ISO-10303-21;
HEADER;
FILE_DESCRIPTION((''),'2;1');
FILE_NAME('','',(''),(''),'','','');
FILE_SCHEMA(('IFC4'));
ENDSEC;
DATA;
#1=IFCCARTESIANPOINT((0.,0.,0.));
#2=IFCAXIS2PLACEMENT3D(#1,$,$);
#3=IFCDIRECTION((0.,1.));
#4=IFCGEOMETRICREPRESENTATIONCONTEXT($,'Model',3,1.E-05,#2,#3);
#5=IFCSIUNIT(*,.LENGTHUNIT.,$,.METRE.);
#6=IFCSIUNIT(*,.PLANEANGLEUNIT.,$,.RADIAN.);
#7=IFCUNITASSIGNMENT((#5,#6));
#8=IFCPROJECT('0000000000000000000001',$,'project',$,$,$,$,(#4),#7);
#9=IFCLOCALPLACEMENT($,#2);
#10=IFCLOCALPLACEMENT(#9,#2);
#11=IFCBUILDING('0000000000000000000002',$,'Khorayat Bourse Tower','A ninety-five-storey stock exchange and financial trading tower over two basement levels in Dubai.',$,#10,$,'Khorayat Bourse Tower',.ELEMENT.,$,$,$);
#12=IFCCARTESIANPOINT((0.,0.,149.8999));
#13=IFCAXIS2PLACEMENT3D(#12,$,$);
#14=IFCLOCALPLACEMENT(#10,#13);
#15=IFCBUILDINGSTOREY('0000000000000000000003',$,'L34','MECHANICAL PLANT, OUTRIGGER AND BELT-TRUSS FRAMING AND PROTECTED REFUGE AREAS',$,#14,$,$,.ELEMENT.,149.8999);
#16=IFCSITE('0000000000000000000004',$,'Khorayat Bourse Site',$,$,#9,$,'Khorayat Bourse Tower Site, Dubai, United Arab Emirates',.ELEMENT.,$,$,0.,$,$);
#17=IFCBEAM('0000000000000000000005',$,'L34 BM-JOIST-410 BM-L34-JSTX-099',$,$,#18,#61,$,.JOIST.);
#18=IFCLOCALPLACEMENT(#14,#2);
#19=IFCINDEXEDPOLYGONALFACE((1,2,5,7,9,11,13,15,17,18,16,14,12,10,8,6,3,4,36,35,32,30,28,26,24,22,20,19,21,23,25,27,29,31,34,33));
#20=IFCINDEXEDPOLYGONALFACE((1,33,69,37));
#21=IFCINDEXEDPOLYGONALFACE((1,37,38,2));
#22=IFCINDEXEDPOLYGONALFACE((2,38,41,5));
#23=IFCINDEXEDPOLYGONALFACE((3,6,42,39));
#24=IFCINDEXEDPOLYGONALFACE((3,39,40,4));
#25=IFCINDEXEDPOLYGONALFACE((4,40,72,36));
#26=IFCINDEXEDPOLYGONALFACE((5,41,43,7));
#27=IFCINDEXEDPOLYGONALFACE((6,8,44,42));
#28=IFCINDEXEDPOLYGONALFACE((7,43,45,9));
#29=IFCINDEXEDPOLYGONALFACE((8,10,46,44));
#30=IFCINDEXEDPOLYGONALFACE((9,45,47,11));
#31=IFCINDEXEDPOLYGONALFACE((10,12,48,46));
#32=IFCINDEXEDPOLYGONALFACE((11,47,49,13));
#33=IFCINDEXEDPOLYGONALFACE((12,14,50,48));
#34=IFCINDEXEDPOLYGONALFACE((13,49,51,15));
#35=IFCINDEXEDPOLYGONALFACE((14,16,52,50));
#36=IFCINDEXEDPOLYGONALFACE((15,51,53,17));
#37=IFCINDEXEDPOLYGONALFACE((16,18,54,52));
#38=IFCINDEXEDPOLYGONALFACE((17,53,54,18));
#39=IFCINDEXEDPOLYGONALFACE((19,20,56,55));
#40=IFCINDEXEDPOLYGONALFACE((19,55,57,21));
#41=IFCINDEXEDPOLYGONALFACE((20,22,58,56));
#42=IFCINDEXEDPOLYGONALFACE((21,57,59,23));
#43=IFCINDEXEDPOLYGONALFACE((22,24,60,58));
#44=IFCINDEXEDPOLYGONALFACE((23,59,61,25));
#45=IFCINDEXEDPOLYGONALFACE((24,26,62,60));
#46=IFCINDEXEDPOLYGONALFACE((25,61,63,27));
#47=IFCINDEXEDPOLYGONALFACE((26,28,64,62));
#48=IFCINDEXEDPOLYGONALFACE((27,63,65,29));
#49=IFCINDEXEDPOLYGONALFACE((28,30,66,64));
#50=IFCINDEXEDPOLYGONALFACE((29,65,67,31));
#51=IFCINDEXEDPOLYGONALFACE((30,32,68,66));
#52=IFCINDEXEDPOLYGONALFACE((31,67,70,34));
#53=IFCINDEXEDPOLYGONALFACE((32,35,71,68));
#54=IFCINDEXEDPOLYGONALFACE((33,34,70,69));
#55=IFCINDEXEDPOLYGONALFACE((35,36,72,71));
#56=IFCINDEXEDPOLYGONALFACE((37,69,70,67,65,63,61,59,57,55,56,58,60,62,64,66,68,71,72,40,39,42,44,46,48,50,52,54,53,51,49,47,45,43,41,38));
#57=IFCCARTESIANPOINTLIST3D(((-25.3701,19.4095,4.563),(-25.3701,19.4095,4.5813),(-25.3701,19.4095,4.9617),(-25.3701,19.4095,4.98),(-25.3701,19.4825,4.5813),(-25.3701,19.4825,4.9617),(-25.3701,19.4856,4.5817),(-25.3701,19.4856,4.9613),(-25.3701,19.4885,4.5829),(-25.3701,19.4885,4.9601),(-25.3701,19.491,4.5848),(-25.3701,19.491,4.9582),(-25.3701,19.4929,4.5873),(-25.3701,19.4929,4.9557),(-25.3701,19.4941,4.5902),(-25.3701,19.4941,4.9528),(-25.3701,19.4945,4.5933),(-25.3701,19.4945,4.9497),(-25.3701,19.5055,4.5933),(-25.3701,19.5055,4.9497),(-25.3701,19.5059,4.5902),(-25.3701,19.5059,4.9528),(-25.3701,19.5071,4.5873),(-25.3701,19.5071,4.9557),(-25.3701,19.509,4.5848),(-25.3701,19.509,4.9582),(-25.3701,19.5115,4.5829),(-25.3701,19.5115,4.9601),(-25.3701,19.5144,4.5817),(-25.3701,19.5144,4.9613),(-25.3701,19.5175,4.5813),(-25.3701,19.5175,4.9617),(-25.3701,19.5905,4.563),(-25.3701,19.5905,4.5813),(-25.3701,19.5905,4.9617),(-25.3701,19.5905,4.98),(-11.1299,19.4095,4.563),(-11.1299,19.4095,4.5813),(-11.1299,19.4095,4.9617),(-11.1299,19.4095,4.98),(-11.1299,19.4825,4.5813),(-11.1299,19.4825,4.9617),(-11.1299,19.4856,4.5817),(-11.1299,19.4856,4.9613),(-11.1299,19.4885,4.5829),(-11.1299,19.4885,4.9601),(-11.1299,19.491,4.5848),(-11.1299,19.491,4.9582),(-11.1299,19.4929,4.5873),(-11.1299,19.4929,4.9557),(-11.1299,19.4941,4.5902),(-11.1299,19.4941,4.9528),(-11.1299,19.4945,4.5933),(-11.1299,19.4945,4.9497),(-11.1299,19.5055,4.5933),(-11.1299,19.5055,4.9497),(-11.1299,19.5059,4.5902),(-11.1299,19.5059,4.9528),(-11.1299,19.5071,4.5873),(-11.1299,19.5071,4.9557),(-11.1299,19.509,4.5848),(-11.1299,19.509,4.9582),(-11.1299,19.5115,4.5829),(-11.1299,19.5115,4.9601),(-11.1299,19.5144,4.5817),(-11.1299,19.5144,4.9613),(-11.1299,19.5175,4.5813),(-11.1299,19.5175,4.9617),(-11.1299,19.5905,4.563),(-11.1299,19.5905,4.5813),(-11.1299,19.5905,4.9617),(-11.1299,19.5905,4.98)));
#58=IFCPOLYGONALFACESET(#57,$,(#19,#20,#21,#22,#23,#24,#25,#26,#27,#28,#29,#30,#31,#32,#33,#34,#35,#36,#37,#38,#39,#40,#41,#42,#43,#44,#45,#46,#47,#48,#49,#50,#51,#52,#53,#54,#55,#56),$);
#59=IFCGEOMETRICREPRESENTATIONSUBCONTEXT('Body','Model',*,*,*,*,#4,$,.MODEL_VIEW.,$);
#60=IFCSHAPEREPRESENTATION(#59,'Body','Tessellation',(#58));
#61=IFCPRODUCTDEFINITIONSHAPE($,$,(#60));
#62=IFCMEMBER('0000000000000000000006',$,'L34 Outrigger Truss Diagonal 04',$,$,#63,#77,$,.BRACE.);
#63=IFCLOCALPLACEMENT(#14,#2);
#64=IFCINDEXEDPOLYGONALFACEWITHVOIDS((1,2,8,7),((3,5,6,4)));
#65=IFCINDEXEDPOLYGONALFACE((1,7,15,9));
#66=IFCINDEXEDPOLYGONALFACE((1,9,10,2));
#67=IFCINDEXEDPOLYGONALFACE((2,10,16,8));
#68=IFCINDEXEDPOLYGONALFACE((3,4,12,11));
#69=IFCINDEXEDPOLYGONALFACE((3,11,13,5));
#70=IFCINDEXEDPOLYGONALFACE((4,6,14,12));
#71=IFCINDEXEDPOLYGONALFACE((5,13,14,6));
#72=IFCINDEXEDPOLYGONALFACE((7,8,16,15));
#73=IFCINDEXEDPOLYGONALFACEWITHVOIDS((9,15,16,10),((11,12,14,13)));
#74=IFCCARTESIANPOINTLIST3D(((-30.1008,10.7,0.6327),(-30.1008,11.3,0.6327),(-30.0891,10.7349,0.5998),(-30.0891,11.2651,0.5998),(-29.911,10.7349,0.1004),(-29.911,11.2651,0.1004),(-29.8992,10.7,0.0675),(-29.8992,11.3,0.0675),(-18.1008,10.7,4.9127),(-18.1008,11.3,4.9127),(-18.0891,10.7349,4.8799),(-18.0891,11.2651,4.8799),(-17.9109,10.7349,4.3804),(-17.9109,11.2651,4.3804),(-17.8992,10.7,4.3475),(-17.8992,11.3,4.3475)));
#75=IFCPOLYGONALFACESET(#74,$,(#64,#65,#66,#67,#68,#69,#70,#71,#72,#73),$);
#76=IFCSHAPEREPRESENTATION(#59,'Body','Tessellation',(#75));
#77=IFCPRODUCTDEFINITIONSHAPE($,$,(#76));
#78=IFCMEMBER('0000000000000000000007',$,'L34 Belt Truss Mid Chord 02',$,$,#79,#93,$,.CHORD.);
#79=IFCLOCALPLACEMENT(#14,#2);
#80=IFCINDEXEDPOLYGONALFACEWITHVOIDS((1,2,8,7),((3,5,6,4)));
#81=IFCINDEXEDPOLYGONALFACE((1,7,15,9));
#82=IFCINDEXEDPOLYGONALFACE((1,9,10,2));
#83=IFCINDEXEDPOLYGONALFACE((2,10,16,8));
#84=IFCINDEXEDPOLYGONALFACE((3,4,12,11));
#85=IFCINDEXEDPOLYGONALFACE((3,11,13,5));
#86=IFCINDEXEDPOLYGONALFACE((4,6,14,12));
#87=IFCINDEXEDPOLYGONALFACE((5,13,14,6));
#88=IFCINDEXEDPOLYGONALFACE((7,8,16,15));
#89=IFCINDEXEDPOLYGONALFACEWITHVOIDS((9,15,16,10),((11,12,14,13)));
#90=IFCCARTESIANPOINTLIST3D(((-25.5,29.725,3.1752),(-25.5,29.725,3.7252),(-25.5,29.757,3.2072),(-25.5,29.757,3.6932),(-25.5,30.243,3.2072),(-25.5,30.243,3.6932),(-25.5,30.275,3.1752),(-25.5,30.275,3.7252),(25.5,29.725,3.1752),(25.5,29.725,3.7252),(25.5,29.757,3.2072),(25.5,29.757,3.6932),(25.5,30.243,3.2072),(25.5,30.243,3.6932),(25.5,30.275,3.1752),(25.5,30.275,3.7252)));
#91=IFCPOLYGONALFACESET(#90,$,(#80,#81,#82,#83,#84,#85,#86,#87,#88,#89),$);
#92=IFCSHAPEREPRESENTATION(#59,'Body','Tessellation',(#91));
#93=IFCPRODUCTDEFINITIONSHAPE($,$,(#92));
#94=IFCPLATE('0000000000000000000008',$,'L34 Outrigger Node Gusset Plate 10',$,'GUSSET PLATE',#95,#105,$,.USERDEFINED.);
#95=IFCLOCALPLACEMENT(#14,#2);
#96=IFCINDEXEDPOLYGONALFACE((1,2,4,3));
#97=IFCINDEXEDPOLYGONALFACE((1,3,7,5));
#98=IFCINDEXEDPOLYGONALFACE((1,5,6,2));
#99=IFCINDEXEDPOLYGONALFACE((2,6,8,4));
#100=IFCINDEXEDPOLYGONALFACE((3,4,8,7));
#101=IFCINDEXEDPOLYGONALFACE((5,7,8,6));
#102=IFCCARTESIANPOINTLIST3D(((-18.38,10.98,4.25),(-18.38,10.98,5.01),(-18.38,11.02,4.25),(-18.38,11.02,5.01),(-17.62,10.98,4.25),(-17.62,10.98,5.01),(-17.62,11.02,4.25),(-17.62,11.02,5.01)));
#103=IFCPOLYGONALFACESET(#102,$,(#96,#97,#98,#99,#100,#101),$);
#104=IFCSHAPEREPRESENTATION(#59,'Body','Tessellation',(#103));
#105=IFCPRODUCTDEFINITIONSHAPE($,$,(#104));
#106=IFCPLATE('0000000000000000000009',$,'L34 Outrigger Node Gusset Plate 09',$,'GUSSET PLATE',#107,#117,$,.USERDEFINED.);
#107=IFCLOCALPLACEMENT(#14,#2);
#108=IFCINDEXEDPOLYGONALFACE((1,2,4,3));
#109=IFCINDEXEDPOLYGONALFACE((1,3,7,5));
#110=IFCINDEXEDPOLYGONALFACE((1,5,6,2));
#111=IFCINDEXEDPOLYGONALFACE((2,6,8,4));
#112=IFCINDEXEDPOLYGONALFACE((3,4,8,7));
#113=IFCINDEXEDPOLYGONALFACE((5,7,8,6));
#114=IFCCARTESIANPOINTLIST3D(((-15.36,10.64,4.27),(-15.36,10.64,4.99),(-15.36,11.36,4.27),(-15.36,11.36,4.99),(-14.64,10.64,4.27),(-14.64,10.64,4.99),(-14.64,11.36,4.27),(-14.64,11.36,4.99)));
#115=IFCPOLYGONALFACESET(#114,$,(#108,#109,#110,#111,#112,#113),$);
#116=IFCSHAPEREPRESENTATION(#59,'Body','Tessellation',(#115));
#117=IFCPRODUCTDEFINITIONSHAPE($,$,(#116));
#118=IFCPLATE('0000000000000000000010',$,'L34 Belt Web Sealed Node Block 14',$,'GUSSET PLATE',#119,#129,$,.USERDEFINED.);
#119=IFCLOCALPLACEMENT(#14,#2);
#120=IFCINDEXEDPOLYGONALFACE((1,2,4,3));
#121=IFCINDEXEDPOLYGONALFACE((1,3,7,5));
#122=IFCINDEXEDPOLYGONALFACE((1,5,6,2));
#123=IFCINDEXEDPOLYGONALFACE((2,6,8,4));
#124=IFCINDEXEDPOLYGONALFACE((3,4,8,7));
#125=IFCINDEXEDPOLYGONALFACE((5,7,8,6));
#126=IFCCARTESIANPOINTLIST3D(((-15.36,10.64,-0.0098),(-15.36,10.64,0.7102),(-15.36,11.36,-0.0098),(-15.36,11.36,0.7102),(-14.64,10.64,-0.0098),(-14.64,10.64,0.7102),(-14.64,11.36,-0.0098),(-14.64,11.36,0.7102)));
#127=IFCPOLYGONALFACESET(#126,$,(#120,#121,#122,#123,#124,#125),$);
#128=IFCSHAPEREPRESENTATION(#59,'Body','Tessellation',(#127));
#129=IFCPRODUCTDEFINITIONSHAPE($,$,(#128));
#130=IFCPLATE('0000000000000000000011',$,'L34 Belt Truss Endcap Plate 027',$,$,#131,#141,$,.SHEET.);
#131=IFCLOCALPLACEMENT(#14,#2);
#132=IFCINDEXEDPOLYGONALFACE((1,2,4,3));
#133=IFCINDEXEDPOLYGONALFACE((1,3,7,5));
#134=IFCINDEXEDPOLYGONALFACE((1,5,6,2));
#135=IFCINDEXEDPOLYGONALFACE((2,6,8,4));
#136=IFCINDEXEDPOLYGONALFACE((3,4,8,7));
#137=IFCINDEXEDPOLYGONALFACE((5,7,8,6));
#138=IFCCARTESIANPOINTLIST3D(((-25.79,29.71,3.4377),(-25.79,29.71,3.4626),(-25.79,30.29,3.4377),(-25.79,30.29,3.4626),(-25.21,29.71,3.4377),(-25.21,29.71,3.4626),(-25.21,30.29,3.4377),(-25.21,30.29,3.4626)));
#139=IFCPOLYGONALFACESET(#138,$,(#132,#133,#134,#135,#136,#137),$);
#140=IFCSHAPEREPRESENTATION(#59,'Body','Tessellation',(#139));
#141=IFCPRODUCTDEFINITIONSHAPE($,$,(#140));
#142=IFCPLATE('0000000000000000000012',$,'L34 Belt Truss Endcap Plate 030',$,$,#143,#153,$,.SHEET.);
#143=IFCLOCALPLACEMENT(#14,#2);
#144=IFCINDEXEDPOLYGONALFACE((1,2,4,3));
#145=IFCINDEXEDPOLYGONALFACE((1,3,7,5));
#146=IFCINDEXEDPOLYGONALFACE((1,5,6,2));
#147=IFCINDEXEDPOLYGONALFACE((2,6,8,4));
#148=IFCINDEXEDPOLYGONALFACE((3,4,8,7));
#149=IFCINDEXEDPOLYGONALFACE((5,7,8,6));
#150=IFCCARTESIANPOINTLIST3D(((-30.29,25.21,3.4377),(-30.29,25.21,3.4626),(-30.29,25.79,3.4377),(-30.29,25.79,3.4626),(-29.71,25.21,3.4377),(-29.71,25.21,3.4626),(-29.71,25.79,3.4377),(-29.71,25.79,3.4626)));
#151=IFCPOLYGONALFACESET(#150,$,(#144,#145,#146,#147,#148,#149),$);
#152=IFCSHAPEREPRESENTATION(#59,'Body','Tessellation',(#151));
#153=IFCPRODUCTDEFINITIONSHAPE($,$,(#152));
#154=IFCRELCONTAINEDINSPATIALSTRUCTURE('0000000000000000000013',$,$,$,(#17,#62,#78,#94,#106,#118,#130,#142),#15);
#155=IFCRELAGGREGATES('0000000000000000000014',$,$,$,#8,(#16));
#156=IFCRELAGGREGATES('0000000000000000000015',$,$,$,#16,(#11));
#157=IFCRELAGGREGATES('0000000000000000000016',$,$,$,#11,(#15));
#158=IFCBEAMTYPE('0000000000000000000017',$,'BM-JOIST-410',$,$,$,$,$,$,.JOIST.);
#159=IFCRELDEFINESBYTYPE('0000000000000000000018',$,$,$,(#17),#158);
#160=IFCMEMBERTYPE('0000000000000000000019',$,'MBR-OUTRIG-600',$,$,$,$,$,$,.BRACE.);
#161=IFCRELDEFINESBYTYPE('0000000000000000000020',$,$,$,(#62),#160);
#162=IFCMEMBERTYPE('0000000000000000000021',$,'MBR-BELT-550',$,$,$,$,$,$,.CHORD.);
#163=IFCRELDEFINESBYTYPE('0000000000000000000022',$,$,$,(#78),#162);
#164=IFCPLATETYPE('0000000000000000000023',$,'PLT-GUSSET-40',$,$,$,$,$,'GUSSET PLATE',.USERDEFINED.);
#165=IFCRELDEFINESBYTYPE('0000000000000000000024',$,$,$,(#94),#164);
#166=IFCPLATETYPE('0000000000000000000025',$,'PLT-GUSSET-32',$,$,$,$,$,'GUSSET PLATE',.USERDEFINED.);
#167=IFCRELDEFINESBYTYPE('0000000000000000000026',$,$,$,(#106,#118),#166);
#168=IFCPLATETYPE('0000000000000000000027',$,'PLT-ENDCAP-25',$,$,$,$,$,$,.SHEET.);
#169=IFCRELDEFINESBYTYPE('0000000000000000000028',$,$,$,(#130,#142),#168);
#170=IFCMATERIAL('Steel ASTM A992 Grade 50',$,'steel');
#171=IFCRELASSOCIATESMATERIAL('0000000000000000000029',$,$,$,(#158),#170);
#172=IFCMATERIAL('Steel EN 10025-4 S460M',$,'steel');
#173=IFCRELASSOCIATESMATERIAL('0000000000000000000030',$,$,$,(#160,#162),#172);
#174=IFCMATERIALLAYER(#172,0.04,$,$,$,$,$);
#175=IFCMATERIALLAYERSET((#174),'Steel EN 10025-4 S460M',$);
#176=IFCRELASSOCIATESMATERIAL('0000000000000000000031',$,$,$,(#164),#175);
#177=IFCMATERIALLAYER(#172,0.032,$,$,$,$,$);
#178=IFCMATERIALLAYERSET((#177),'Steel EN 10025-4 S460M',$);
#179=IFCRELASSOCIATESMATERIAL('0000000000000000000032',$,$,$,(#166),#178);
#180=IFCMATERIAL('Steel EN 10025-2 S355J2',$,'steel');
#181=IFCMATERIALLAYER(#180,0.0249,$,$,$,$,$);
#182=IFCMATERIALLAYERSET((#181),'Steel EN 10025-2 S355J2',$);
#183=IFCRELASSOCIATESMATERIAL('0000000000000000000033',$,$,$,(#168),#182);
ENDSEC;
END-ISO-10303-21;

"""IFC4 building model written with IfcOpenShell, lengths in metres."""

from ifc_helpers import new_model, si_unit, direction, frame, origin, origin_2d, place, context, subcontext, project, spatial, rectangle, hollow_rectangle, i_section, extrude, source, transform, mapped, material, layer, layer_set, material_profile, profile_set, type_object, element, save


model = new_model("IFC4")

# Units and contexts
model_context = context("Model", 3, precision=1e-05, world=origin(), true_north=direction((0.0, 1.0)))
body_context = subcontext(model_context, "Body", "Model", "MODEL_VIEW")
ifc_project = project(units=[si_unit("LENGTHUNIT", "METRE"), si_unit("PLANEANGLEUNIT", "RADIAN")], contexts=[model_context])

# Site, building, storey
site_placement = place(None, origin())
site = spatial("IfcSite", under=ifc_project, at=site_placement, Name="Khorayat Bourse Site", LongName="Khorayat Bourse Tower Site, Dubai, United Arab Emirates", CompositionType="ELEMENT", RefElevation=0.0)
building_placement = place(site_placement, origin())
building = spatial("IfcBuilding", under=site, at=building_placement, Name="Khorayat Bourse Tower", Description="A ninety-five-storey stock exchange and financial trading tower over two basement levels in Dubai.", LongName="Khorayat Bourse Tower", CompositionType="ELEMENT")
storey_placement = place(building_placement, frame((0.0, 0.0, 149.8999)))
storey = spatial("IfcBuildingStorey", under=building, at=storey_placement, Name="L34", Description="MECHANICAL PLANT, OUTRIGGER AND BELT-TRUSS FRAMING AND PROTECTED REFUGE AREAS", CompositionType="ELEMENT", Elevation=149.8999)

# Shared definitions
ifc_material_1 = material(Name="Steel EN 10025-4 S460M", Category="steel")

# Beam
ifc_material_2 = material(Name="Steel ASTM A992 Grade 50", Category="steel")
ifc_material_profile_1 = material_profile(ifc_material_2, i_section(OverallWidth=0.1809, OverallDepth=0.417, WebThickness=0.011, FlangeThickness=0.0183, FilletRadius=0.012, at=origin_2d()), Name="W410X85")
ifc_profile_set_1 = profile_set([ifc_material_profile_1], Name="Steel ASTM A992 Grade 50")
beam_type_1 = type_object("IfcBeamType", Name="BM-JOIST-410", PredefinedType="JOIST", material=ifc_profile_set_1)
shared_shape_1 = source(origin(), body_context, "Body", "SweptSolid", [
    extrude(i_section(OverallWidth=0.1809, OverallDepth=0.417, WebThickness=0.011, FlangeThickness=0.0183, FilletRadius=0.012, at=origin_2d()), origin(), (0.0, 0.0, 1.0), 14.2402),
])
beam_1_placement = place(storey_placement, frame((-25.3701, 19.5, 4.7715), z_axis=(1.0, 0.0, 0.0), x_axis=(0.0, 1.0, 0.0)))
element("IfcBeam", 1, at=beam_1_placement, inside=storey, type_object=beam_type_1, Name="L34 BM-JOIST-410 BM-L34-JSTX-099", PredefinedType="JOIST", context=body_context, shape_type="MappedRepresentation", body=[
    mapped(shared_shape_1, transform((0.0, 0.0, 0.0), scale=1.0)),
])

# Members
ifc_material_profile_2 = material_profile(ifc_material_1, hollow_rectangle(XDim=0.6001, YDim=0.6001, WallThickness=0.0349, at=origin_2d()), Name="BOX 600x600x35")
ifc_profile_set_2 = profile_set([ifc_material_profile_2], Name="Steel EN 10025-4 S460M")
member_type_1 = type_object("IfcMemberType", Name="MBR-OUTRIG-600", PredefinedType="BRACE", material=ifc_profile_set_2)
shared_shape_2 = source(origin(), body_context, "Body", "SweptSolid", [
    extrude(hollow_rectangle(XDim=0.6001, YDim=0.6001, WallThickness=0.0349, at=origin_2d()), origin(), (0.0, 0.0, 1.0), 12.7405),
])
member_1_placement = place(storey_placement, frame((-18.0, 11.0, 4.6301), z_axis=(-0.941883, 0.0, -0.335941), x_axis=(0.0, -1.0, 0.0)))
element("IfcMember", 2, at=member_1_placement, inside=storey, type_object=member_type_1, Name="L34 Outrigger Truss Diagonal 04", PredefinedType="BRACE", context=body_context, shape_type="MappedRepresentation", body=[
    mapped(shared_shape_2, transform((0.0, 0.0, 0.0), scale=1.0)),
])
ifc_material_profile_3 = material_profile(ifc_material_1, hollow_rectangle(XDim=0.55, YDim=0.55, WallThickness=0.032, at=origin_2d()), Name="HSS 550x550x32")
ifc_profile_set_3 = profile_set([ifc_material_profile_3], Name="Steel EN 10025-4 S460M")
member_type_2 = type_object("IfcMemberType", Name="MBR-BELT-550", PredefinedType="CHORD", material=ifc_profile_set_3)
shared_shape_3 = source(origin(), body_context, "Body", "SweptSolid", [
    extrude(hollow_rectangle(XDim=0.55, YDim=0.55, WallThickness=0.032, at=origin_2d()), origin(), (0.0, 0.0, 1.0), 51.0),
])
member_2_placement = place(storey_placement, frame((-25.5, 30.0, 3.4502), z_axis=(1.0, 0.0, 0.0), x_axis=(0.0, 1.0, 0.0)))
element("IfcMember", 3, at=member_2_placement, inside=storey, type_object=member_type_2, Name="L34 Belt Truss Mid Chord 02", PredefinedType="CHORD", context=body_context, shape_type="MappedRepresentation", body=[
    mapped(shared_shape_3, transform((0.0, 0.0, 0.0), scale=1.0)),
])

# Plates
ifc_layer_1 = layer(ifc_material_1, 0.04)
ifc_layer_set_1 = layer_set([ifc_layer_1], Name="Steel EN 10025-4 S460M")
plate_type_1 = type_object("IfcPlateType", Name="PLT-GUSSET-40", ElementType="GUSSET PLATE", PredefinedType="USERDEFINED", material=ifc_layer_set_1)
shared_shape_4 = source(origin(), body_context, "Body", "SweptSolid", [
    extrude(rectangle(XDim=0.76, YDim=0.04, at=origin_2d()), origin(), (0.0, 0.0, 1.0), 0.76),
])
plate_placement = place(storey_placement, frame((-18.0, 11.0, 4.25), z_axis=(0.0, 0.0, 1.0), x_axis=(1.0, 0.0, 0.0)))
element("IfcPlate", 4, at=plate_placement, inside=storey, type_object=plate_type_1, Name="L34 Outrigger Node Gusset Plate 10", ObjectType="GUSSET PLATE", PredefinedType="USERDEFINED", context=body_context, shape_type="MappedRepresentation", body=[
    mapped(shared_shape_4, transform((0.0, 0.0, 0.0), scale=1.0)),
])
ifc_layer_2 = layer(ifc_material_1, 0.032)
ifc_layer_set_2 = layer_set([ifc_layer_2], Name="Steel EN 10025-4 S460M")
plate_type_2 = type_object("IfcPlateType", Name="PLT-GUSSET-32", ElementType="GUSSET PLATE", PredefinedType="USERDEFINED", material=ifc_layer_set_2)
shared_shape_5 = source(origin(), body_context, "Body", "SweptSolid", [
    extrude(rectangle(XDim=0.72, YDim=0.72, at=origin_2d()), origin(), (0.0, 0.0, 1.0), 0.72),
])
for number, where, z_axis, x_axis, name in (
    (5, (-15.0, 11.0, 4.27), (0.0, 0.0, 1.0), (1.0, 0.0, 0.0), "L34 Outrigger Node Gusset Plate 09"),
    (6, (-15.0, 11.0, -0.0098), (0.0, 0.0, 1.0), (1.0, 0.0, 0.0), "L34 Belt Web Sealed Node Block 14"),
):
    element("IfcPlate", number, at=place(storey_placement, frame(where, z_axis=z_axis, x_axis=x_axis)), inside=storey, type_object=plate_type_2, Name=name, ObjectType="GUSSET PLATE", PredefinedType="USERDEFINED", context=body_context, shape_type="MappedRepresentation", body=[
        mapped(shared_shape_5, transform((0.0, 0.0, 0.0), scale=1.0)),
    ])
ifc_material_3 = material(Name="Steel EN 10025-2 S355J2", Category="steel")
ifc_layer_3 = layer(ifc_material_3, 0.0249)
ifc_layer_set_3 = layer_set([ifc_layer_3], Name="Steel EN 10025-2 S355J2")
plate_type_3 = type_object("IfcPlateType", Name="PLT-ENDCAP-25", PredefinedType="SHEET", material=ifc_layer_set_3)
shared_shape_6 = source(origin(), body_context, "Body", "SweptSolid", [
    extrude(rectangle(XDim=0.5801, YDim=0.5801, at=origin_2d()), origin(), (0.0, 0.0, 1.0), 0.0249),
])
for number, where, z_axis, x_axis, name in (
    (7, (-25.5, 30.0, 3.4377), (0.0, 0.0, 1.0), (1.0, 0.0, 0.0), "L34 Belt Truss Endcap Plate 027"),
    (8, (-30.0, 25.5, 3.4377), (0.0, 0.0, 1.0), (1.0, 0.0, 0.0), "L34 Belt Truss Endcap Plate 030"),
):
    element("IfcPlate", number, at=place(storey_placement, frame(where, z_axis=z_axis, x_axis=x_axis)), inside=storey, type_object=plate_type_3, Name=name, PredefinedType="SHEET", context=body_context, shape_type="MappedRepresentation", body=[
        mapped(shared_shape_6, transform((0.0, 0.0, 0.0), scale=1.0)),
    ])

save(model, "model.ifc")
